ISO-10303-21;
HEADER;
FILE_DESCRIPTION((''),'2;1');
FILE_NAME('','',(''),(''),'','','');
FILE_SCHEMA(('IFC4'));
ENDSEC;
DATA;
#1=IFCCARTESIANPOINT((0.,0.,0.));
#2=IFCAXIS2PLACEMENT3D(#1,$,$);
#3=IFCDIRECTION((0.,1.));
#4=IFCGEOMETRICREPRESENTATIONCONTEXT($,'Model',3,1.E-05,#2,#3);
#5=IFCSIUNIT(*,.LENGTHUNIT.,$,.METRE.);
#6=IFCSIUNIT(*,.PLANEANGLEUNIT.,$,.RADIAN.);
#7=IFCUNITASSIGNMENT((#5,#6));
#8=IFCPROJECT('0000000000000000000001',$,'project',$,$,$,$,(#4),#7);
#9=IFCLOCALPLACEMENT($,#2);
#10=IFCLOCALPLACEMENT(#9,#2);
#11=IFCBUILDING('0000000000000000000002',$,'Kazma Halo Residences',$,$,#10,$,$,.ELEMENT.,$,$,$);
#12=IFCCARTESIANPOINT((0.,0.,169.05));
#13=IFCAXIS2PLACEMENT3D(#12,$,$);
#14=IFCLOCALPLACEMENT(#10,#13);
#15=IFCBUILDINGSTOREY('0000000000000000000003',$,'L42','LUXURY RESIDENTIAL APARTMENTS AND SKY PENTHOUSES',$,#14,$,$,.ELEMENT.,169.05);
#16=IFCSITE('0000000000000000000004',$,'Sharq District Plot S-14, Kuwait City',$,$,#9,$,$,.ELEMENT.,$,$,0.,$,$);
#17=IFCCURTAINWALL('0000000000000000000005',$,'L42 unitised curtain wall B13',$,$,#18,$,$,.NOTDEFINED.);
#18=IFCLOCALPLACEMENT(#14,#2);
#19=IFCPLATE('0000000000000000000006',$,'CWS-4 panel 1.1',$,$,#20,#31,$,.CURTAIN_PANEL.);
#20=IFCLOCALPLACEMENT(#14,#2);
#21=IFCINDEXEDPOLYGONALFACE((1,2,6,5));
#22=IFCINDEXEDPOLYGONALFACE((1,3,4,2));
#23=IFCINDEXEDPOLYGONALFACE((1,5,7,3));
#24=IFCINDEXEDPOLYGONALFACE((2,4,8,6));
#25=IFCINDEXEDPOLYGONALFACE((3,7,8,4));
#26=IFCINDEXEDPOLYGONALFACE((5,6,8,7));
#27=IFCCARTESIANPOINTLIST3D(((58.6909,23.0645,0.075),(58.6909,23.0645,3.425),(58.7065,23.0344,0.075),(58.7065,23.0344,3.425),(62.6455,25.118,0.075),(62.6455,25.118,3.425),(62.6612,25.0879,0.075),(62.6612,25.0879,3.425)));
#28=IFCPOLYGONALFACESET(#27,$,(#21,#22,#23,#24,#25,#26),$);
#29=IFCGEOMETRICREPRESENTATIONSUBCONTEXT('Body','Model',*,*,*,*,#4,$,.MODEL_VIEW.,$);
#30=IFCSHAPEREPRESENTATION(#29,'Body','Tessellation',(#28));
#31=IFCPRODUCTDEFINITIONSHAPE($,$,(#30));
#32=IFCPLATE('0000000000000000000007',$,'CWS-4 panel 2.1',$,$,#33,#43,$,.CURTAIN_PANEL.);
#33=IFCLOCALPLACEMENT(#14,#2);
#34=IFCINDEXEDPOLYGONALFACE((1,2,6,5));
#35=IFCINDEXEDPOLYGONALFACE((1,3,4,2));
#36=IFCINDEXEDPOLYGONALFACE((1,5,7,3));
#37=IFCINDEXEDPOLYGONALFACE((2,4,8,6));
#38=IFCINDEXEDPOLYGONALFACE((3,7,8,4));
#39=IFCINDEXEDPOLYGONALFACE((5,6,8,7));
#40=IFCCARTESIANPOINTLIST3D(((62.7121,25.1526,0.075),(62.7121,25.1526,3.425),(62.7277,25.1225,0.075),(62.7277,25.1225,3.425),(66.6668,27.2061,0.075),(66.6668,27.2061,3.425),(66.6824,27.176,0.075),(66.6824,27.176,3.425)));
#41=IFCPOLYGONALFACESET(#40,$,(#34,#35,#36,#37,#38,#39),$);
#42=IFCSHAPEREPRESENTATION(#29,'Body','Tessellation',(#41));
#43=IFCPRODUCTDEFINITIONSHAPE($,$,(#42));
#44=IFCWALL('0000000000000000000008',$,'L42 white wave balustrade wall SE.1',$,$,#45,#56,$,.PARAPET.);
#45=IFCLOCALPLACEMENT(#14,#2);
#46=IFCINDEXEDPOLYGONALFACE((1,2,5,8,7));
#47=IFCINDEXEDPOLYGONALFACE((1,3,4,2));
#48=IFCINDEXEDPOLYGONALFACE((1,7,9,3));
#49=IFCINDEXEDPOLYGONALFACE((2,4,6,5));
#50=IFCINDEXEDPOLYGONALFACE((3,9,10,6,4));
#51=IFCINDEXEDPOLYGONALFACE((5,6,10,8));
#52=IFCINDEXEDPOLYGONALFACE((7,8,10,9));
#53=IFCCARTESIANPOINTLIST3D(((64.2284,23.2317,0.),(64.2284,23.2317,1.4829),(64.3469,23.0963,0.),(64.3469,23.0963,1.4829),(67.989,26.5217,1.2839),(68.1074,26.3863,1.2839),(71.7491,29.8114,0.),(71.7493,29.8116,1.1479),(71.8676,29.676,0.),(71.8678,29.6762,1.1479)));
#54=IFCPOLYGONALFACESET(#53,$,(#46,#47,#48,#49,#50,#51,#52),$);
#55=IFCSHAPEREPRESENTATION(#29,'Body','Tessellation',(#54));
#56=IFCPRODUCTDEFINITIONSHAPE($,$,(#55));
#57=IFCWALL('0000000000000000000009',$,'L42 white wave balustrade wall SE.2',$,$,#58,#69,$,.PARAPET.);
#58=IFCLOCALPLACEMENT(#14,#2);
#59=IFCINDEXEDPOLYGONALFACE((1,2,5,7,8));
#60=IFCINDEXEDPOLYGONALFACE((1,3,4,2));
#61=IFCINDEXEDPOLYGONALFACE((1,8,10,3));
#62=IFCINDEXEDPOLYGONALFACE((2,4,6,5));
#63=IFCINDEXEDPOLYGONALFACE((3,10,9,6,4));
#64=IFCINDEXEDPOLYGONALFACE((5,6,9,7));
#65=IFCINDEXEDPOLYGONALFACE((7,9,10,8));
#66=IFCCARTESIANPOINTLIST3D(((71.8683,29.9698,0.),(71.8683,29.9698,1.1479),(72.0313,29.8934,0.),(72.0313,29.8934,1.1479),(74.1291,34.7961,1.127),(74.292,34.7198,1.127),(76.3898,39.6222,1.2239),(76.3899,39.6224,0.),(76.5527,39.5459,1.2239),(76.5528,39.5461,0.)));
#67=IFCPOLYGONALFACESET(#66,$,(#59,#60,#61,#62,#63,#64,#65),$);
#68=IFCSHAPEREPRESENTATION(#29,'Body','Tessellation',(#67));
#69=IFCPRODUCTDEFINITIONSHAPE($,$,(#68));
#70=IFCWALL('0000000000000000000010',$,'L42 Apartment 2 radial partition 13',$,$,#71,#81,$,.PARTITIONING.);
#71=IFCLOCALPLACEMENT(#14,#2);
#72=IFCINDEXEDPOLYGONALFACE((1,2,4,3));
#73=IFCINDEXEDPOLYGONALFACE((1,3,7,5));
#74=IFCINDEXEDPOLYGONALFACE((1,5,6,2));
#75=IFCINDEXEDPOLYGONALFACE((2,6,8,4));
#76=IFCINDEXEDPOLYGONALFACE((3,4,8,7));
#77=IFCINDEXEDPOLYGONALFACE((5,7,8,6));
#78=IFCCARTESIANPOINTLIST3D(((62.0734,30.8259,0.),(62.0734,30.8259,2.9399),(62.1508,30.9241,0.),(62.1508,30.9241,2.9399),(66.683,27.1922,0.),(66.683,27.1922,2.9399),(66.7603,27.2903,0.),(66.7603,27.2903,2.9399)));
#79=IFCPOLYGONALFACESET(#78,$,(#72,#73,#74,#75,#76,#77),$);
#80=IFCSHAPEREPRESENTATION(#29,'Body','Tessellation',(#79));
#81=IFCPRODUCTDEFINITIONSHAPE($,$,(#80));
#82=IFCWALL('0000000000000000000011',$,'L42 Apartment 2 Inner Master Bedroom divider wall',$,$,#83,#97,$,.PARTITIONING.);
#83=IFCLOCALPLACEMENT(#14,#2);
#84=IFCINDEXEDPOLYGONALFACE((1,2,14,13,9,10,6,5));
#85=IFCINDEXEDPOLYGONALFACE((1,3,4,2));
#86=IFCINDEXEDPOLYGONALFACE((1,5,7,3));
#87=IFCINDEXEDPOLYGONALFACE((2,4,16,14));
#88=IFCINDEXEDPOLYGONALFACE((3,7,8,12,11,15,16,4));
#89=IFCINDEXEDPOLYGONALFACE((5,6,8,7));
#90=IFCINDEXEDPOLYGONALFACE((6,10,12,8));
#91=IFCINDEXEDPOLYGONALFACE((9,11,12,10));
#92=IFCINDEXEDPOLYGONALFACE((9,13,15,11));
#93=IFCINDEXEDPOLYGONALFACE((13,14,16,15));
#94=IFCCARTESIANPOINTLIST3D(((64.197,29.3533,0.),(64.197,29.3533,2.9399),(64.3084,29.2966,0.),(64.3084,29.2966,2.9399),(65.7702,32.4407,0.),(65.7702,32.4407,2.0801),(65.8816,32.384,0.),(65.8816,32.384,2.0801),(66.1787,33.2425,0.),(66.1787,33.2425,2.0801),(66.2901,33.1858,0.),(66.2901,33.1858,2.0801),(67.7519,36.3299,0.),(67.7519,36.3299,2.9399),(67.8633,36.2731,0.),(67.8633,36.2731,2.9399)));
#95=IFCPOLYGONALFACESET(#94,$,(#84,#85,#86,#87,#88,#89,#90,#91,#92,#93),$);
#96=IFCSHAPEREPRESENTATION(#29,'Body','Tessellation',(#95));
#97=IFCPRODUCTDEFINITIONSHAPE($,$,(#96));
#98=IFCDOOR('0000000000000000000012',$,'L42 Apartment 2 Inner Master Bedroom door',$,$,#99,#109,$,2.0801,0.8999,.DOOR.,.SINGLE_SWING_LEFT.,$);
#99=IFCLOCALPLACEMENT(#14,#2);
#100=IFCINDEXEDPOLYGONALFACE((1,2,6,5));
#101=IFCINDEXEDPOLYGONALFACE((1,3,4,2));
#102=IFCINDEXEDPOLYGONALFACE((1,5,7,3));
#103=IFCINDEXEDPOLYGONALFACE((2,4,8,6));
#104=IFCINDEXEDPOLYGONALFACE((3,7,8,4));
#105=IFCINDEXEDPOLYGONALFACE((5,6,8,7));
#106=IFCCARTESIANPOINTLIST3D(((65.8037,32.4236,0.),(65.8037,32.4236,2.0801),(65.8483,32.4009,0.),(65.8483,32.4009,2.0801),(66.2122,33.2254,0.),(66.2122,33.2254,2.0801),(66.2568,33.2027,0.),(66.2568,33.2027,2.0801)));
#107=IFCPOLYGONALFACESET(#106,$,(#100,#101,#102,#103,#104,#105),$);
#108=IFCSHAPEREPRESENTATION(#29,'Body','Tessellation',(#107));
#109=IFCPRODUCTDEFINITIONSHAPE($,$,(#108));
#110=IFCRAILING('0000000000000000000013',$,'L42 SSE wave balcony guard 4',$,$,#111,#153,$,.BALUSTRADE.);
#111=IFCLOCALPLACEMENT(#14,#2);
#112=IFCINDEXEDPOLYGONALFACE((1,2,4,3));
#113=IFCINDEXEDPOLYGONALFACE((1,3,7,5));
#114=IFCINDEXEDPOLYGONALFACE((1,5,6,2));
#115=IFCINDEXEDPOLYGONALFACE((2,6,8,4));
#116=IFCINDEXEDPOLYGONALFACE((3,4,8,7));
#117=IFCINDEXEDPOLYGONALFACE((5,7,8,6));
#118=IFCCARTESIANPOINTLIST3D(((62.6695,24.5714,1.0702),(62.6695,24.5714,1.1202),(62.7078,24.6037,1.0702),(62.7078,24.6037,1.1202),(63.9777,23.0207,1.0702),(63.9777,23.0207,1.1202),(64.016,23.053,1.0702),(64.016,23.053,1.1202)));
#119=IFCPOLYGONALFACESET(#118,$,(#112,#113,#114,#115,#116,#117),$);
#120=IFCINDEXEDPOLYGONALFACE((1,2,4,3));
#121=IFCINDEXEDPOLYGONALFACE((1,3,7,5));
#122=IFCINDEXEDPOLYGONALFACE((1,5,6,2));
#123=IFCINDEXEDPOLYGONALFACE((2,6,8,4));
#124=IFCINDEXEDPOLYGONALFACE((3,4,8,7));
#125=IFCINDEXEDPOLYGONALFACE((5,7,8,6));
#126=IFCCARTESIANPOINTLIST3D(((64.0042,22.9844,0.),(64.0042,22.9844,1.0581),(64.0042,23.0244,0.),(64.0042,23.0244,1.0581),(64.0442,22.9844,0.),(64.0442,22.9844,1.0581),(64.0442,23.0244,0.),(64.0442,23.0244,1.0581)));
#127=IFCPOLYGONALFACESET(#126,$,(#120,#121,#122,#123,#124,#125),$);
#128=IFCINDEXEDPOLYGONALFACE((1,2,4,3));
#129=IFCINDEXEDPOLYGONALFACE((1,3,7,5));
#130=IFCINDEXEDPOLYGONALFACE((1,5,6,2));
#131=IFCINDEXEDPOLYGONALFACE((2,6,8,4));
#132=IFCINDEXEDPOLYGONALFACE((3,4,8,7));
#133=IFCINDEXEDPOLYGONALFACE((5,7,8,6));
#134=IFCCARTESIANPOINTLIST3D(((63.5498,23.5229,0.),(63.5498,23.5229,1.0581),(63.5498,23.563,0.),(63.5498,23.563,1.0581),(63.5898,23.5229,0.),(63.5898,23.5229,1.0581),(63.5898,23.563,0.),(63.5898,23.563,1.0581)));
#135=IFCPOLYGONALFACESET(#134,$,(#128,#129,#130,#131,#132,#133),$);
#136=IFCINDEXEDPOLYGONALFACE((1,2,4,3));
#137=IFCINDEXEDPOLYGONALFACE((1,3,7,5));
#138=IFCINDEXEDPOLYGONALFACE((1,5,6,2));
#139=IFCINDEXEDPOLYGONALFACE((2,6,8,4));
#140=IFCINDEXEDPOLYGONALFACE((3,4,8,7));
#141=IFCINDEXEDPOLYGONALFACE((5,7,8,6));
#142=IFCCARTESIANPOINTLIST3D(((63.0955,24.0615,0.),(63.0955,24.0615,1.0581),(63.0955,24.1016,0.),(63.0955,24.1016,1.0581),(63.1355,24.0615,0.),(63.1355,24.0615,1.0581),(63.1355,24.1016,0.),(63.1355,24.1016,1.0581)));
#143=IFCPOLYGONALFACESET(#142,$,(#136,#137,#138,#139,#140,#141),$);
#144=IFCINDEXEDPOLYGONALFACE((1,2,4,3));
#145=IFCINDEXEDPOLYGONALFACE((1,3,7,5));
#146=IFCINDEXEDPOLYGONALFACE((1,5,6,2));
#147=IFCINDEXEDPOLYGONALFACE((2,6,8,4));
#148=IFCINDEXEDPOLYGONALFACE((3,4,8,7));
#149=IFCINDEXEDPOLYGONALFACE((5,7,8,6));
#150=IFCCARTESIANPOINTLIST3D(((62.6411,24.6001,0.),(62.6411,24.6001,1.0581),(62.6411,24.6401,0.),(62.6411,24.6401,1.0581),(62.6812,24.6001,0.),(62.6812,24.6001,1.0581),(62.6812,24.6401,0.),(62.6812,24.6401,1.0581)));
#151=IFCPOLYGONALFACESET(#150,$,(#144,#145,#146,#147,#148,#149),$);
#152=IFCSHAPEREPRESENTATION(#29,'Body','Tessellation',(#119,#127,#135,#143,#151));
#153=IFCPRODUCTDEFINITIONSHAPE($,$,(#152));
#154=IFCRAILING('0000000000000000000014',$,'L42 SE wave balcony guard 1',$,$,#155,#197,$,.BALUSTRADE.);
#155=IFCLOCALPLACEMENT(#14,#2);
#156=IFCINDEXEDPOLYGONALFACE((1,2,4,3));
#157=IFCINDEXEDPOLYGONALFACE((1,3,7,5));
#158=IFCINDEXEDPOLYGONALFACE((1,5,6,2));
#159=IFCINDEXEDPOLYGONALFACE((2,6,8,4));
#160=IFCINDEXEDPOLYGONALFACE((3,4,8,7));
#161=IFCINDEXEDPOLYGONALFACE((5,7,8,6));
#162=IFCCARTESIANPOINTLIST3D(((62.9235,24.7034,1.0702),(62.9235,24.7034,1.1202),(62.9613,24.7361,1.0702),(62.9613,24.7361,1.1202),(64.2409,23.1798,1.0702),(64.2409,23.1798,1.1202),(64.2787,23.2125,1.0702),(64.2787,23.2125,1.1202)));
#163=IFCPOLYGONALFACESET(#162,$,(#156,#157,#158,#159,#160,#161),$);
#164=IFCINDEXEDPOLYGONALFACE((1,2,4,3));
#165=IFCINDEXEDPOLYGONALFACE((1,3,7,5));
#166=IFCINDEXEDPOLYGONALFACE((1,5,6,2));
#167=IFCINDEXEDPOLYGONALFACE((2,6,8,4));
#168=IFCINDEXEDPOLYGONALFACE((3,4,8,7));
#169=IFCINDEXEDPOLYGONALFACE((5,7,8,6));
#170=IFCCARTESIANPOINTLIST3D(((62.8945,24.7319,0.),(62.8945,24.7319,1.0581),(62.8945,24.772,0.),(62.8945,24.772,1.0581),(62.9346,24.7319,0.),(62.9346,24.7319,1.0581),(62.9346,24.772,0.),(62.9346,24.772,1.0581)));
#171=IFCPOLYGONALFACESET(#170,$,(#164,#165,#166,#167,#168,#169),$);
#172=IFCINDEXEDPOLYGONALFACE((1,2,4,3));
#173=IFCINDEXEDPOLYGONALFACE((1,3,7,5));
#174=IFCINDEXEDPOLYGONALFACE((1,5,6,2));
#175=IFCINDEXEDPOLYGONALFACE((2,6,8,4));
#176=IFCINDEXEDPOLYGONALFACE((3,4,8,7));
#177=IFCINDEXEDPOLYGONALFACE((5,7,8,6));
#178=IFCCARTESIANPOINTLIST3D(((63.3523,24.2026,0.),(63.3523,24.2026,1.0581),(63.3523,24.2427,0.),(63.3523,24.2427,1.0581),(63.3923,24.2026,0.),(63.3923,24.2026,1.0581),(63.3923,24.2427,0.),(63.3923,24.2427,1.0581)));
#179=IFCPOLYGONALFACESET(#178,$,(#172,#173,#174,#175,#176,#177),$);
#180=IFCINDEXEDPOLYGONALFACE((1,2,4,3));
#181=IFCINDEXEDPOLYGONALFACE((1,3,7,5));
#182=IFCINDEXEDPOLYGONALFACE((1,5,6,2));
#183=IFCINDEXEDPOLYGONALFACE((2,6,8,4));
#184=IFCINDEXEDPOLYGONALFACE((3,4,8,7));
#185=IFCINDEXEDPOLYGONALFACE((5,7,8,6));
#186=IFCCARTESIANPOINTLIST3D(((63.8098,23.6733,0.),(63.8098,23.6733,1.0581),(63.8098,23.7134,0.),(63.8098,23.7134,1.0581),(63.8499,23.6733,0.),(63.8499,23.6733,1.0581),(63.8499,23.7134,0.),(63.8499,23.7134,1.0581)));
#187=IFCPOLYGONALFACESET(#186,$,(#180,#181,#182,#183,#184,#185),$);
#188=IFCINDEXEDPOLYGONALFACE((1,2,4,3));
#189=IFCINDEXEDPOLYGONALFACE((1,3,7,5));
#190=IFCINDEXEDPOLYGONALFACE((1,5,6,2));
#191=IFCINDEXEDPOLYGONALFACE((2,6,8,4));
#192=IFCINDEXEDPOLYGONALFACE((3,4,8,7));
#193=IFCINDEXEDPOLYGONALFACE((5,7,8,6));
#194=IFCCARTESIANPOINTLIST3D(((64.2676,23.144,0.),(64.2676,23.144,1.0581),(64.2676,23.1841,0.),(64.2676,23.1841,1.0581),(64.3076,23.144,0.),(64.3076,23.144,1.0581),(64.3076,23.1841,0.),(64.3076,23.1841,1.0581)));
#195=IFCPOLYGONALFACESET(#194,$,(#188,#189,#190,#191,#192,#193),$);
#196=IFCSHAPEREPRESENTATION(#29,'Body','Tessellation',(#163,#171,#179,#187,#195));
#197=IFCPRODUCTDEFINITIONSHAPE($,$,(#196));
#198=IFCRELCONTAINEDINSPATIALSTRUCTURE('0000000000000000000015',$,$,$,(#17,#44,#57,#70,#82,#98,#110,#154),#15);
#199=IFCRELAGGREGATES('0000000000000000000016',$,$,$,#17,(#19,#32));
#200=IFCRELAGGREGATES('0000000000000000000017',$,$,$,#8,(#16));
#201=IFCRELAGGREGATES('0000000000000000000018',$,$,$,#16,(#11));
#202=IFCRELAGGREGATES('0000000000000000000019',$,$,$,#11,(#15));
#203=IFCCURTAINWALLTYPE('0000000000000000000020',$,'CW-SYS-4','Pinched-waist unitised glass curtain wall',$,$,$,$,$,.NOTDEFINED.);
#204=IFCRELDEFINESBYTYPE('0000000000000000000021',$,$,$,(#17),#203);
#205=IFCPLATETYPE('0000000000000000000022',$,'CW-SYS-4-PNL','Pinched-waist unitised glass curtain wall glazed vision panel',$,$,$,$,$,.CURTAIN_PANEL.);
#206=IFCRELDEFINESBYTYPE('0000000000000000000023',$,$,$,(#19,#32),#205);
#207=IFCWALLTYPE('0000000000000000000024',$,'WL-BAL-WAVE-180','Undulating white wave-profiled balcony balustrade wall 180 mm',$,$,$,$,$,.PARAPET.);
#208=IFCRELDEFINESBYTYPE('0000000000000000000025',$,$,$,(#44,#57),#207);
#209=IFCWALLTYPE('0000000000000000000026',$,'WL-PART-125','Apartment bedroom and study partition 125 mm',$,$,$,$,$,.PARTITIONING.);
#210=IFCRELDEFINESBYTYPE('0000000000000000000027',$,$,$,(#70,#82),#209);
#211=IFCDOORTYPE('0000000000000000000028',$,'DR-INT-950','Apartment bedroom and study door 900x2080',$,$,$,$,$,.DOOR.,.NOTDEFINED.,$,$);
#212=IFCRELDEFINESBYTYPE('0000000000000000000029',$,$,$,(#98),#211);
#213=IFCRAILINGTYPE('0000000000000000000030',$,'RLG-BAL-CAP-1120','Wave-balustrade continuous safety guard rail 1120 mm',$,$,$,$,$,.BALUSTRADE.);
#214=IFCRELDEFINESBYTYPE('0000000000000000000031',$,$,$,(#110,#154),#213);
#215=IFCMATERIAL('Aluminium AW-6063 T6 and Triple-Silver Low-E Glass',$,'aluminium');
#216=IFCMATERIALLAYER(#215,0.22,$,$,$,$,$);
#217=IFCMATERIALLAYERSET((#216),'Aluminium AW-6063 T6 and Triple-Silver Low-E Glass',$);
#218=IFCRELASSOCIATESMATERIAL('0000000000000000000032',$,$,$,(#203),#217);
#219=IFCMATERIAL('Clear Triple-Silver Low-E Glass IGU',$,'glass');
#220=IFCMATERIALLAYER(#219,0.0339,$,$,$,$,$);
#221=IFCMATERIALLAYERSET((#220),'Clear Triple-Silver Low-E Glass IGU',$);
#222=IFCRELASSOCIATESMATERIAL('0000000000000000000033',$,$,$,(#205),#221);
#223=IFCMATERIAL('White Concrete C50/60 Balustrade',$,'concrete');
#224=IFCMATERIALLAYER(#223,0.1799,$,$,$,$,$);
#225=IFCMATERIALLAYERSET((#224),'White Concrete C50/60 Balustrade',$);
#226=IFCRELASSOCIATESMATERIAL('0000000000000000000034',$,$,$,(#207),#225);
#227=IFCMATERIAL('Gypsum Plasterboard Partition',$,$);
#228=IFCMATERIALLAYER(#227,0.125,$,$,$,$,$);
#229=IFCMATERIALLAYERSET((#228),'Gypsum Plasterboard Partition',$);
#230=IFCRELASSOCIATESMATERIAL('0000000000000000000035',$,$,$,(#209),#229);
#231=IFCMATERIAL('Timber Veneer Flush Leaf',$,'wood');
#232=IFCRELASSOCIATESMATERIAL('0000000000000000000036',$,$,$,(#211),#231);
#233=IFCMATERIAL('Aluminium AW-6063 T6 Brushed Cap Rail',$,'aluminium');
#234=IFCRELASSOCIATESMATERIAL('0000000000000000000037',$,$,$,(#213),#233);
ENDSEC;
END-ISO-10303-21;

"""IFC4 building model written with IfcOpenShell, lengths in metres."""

from ifc_helpers import new_model, si_unit, direction, frame, frame_2d, origin, origin_2d, place, context, subcontext, project, spatial, polyline, rectangle, outline, extrude, material, layer, layer_set, type_object, element, fill, aggregate, save


model = new_model("IFC4")

# Units and contexts
model_context = context("Model", 3, precision=1e-05, world=origin(), true_north=direction((0.0, 1.0)))
body_context = subcontext(model_context, "Body", "Model", "MODEL_VIEW")
ifc_project = project(units=[si_unit("LENGTHUNIT", "METRE"), si_unit("PLANEANGLEUNIT", "RADIAN")], contexts=[model_context])

# Site, building, storey
site_placement = place(None, origin())
site = spatial("IfcSite", under=ifc_project, at=site_placement, Name="Sharq District Plot S-14, Kuwait City", CompositionType="ELEMENT", RefElevation=0.0)
building_placement = place(site_placement, origin())
building = spatial("IfcBuilding", under=site, at=building_placement, Name="Kazma Halo Residences", CompositionType="ELEMENT")
storey_placement = place(building_placement, frame((0.0, 0.0, 169.05)))
storey = spatial("IfcBuildingStorey", under=building, at=storey_placement, Name="L42", Description="LUXURY RESIDENTIAL APARTMENTS AND SKY PENTHOUSES", CompositionType="ELEMENT", Elevation=169.05)

# Curtain wall, plates
ifc_material_1 = material(Name="Aluminium AW-6063 T6 and Triple-Silver Low-E Glass", Category="aluminium")
ifc_layer_1 = layer(ifc_material_1, 0.22)
ifc_layer_set_1 = layer_set([ifc_layer_1], Name="Aluminium AW-6063 T6 and Triple-Silver Low-E Glass")
curtain_wall_type = type_object("IfcCurtainWallType", Name="CW-SYS-4", Description="Pinched-waist unitised glass curtain wall", PredefinedType="NOTDEFINED", material=ifc_layer_set_1)
curtain_wall_placement = place(storey_placement, origin())
curtain_wall = element("IfcCurtainWall", 1, at=curtain_wall_placement, inside=storey, type_object=curtain_wall_type, Name="L42 unitised curtain wall B13", PredefinedType="NOTDEFINED")
ifc_material_2 = material(Name="Clear Triple-Silver Low-E Glass IGU", Category="glass")
ifc_layer_2 = layer(ifc_material_2, 0.0339)
ifc_layer_set_2 = layer_set([ifc_layer_2], Name="Clear Triple-Silver Low-E Glass IGU")
plate_type = type_object("IfcPlateType", Name="CW-SYS-4-PNL", Description="Pinched-waist unitised glass curtain wall glazed vision panel", PredefinedType="CURTAIN_PANEL", material=ifc_layer_set_2)
plate_1_placement = place(storey_placement, frame((60.676, 24.0762, 0.075), z_axis=(0.0, 0.0, 1.0), x_axis=(0.887485, 0.460837, 0.0)))
plate_1 = element("IfcPlate", 2, at=plate_1_placement, type_object=plate_type, Name="CWS-4 panel 1.1", PredefinedType="CURTAIN_PANEL", context=body_context, shape_type="SweptSolid", body=[
    extrude(rectangle(XDim=4.4561, YDim=0.0339, at=origin_2d()), origin(), (0.0, 0.0, 1.0), 3.3501),
])
plate_2_placement = place(storey_placement, frame((64.6973, 26.1643, 0.075), z_axis=(0.0, 0.0, 1.0), x_axis=(0.887485, 0.460837, 0.0)))
plate_2 = element("IfcPlate", 3, at=plate_2_placement, type_object=plate_type, Name="CWS-4 panel 2.1", PredefinedType="CURTAIN_PANEL", context=body_context, shape_type="SweptSolid", body=[
    extrude(rectangle(XDim=4.4561, YDim=0.0339, at=origin_2d()), origin(), (0.0, 0.0, 1.0), 3.3501),
])
aggregate(curtain_wall, [plate_1, plate_2])

# Walls
ifc_material_3 = material(Name="White Concrete C50/60 Balustrade", Category="concrete")
ifc_layer_3 = layer(ifc_material_3, 0.1799)
ifc_layer_set_3 = layer_set([ifc_layer_3], Name="White Concrete C50/60 Balustrade")
wall_type_1 = type_object("IfcWallType", Name="WL-BAL-WAVE-180", Description="Undulating white wave-profiled balcony balustrade wall 180 mm", PredefinedType="PARAPET", material=ifc_layer_set_3)
wall_1_placement = place(storey_placement, frame((64.2876, 23.1641, 0.0), z_axis=(0.0, 0.0, 1.0), x_axis=(0.752618, 0.658458, 0.0)))
element("IfcWall", 4, at=wall_1_placement, inside=storey, type_object=wall_type_1, Name="L42 white wave balustrade wall SE.1", PredefinedType="PARAPET", context=body_context, shape_type="SweptSolid", body=[
    extrude(outline(polyline([(0.0, 0.0), (9.9927, 0.0), (9.9929, 1.1479), (4.9966, 1.2839), (0.0, 1.4829), (0.0, 0.0)])), frame((0.0, 0.0898, 0.0), z_axis=(0.0, -1.0, 0.0), x_axis=(1.0, 0.0, 0.0)), (0.0, 0.0, 1.0), 0.1799),
])
wall_2_placement = place(storey_placement, frame((71.9497, 29.9316, 0.0), z_axis=(0.0, 0.0, 1.0), x_axis=(0.42419, 0.905573, 0.0)))
element("IfcWall", 5, at=wall_2_placement, inside=storey, type_object=wall_type_1, Name="L42 white wave balustrade wall SE.2", PredefinedType="PARAPET", context=body_context, shape_type="SweptSolid", body=[
    extrude(outline(polyline([(0.0, 0.0), (10.6592, 0.0), (10.6589, 1.2239), (5.3296, 1.127), (0.0, 1.1479), (0.0, 0.0)])), frame((0.0, 0.0898, 0.0), z_axis=(0.0, -1.0, 0.0), x_axis=(1.0, 0.0, 0.0)), (0.0, 0.0, 1.0), 0.1799),
])

# Wall
ifc_material_4 = material(Name="Gypsum Plasterboard Partition")
ifc_layer_4 = layer(ifc_material_4, 0.125)
ifc_layer_set_4 = layer_set([ifc_layer_4], Name="Gypsum Plasterboard Partition")
wall_type_2 = type_object("IfcWallType", Name="WL-PART-125", Description="Apartment bedroom and study partition 125 mm", PredefinedType="PARTITIONING", material=ifc_layer_set_4)
wall_3_placement = place(storey_placement, frame((62.1121, 30.875, 0.0), z_axis=(0.0, 0.0, 1.0), x_axis=(0.785329, -0.619079, 0.0)))
element("IfcWall", 6, at=wall_3_placement, inside=storey, type_object=wall_type_2, Name="L42 Apartment 2 radial partition 13", PredefinedType="PARTITIONING", context=body_context, shape_type="SweptSolid", body=[
    extrude(rectangle(XDim=5.8696, YDim=0.125, at=frame_2d((2.9348, 0.0))), origin(), (0.0, 0.0, 1.0), 2.9399),
])

# Wall, opening, door
wall_4_placement = place(storey_placement, frame((64.2527, 29.325, 0.0), z_axis=(0.0, 0.0, 1.0), x_axis=(0.45401, 0.890996, 0.0)))
wall_4 = element("IfcWall", 7, at=wall_4_placement, inside=storey, type_object=wall_type_2, Name="L42 Apartment 2 Inner Master Bedroom divider wall", PredefinedType="PARTITIONING", context=body_context, shape_type="SweptSolid", body=[
    extrude(rectangle(XDim=7.8301, YDim=0.125, at=frame_2d((3.915, 0.0))), origin(), (0.0, 0.0, 1.0), 2.9399),
])
opening_1_placement = place(wall_4_placement, frame((3.4651, 0.0, 0.0)))
opening_1 = element("IfcOpeningElement", 8, at=opening_1_placement, cuts=wall_4, PredefinedType="OPENING", context=body_context, shape_type="SweptSolid", body=[
    extrude(rectangle(XDim=0.8999, YDim=2.0801, at=frame_2d((0.45, 1.04))), frame((0.0, 0.0725, 0.0), z_axis=(0.0, -1.0, 0.0), x_axis=(1.0, 0.0, 0.0)), (0.0, 0.0, 1.0), 0.145),
])
ifc_material_5 = material(Name="Timber Veneer Flush Leaf", Category="wood")
door_type_1 = type_object("IfcDoorType", Name="DR-INT-950", Description="Apartment bedroom and study door 900x2080", OperationType="NOTDEFINED", PredefinedType="DOOR", material=ifc_material_5)
door_1_placement = place(opening_1_placement, origin())
door_1 = element("IfcDoor", 9, at=door_1_placement, inside=storey, type_object=door_type_1, Name="L42 Apartment 2 Inner Master Bedroom door", OperationType="SINGLE_SWING_LEFT", OverallHeight=2.0801, OverallWidth=0.8999, PredefinedType="DOOR", context=body_context, shape_type="SweptSolid", body=[
    extrude(rectangle(XDim=0.8999, YDim=2.0801, at=frame_2d((0.45, 1.04))), frame((0.0, 0.0249, 0.0), z_axis=(0.0, -1.0, 0.0), x_axis=(1.0, 0.0, 0.0)), (0.0, 0.0, 1.0), 0.05),
])
fill(opening_1, door_1)

# Railings
ifc_material_6 = material(Name="Aluminium AW-6063 T6 Brushed Cap Rail", Category="aluminium")
railing_type = type_object("IfcRailingType", Name="RLG-BAL-CAP-1120", Description="Wave-balustrade continuous safety guard rail 1120 mm", PredefinedType="BALUSTRADE", material=ifc_material_6)
railing_1_placement = place(storey_placement, frame((64.0242, 23.0044, 0.0)))
element("IfcRailing", 10, at=railing_1_placement, inside=storey, type_object=railing_type, Name="L42 SSE wave balcony guard 4", PredefinedType="BALUSTRADE", context=body_context, shape_type="SweptSolid", body=[
    extrude(rectangle(XDim=0.05, YDim=0.05, at=origin_2d()), frame((-0.0273, 0.0325, 1.0952), z_axis=(-0.644808, 0.764345, 0.0), x_axis=(-0.764345, -0.644808, 0.0)), (0.0, 0.0, 1.0), 2.0288),
    extrude(rectangle(XDim=0.04, YDim=0.04, at=origin_2d()), origin(), (0.0, 0.0, 1.0), 1.0581),
    extrude(rectangle(XDim=0.04, YDim=0.04, at=origin_2d()), frame((-0.4543, 0.5386, 0.0)), (0.0, 0.0, 1.0), 1.0581),
    extrude(rectangle(XDim=0.04, YDim=0.04, at=origin_2d()), frame((-0.9087, 1.0771, 0.0)), (0.0, 0.0, 1.0), 1.0581),
    extrude(rectangle(XDim=0.04, YDim=0.04, at=origin_2d()), frame((-1.363, 1.6157, 0.0)), (0.0, 0.0, 1.0), 1.0581),
])
railing_2_placement = place(storey_placement, frame((62.9146, 24.752, 0.0)))
element("IfcRailing", 11, at=railing_2_placement, inside=storey, type_object=railing_type, Name="L42 SE wave balcony guard 1", PredefinedType="BALUSTRADE", context=body_context, shape_type="SweptSolid", body=[
    extrude(rectangle(XDim=0.05, YDim=0.05, at=origin_2d()), frame((0.0278, -0.0322, 1.0952), z_axis=(0.65408, -0.756425, 0.0), x_axis=(0.756425, 0.65408, 0.0)), (0.0, 0.0, 1.0), 2.0142),
    extrude(rectangle(XDim=0.04, YDim=0.04, at=origin_2d()), origin(), (0.0, 0.0, 1.0), 1.0581),
    extrude(rectangle(XDim=0.04, YDim=0.04, at=origin_2d()), frame((0.4578, -0.5293, 0.0)), (0.0, 0.0, 1.0), 1.0581),
    extrude(rectangle(XDim=0.04, YDim=0.04, at=origin_2d()), frame((0.9153, -1.0586, 0.0)), (0.0, 0.0, 1.0), 1.0581),
    extrude(rectangle(XDim=0.04, YDim=0.04, at=origin_2d()), frame((1.373, -1.5879, 0.0)), (0.0, 0.0, 1.0), 1.0581),
])

save(model, "model.ifc")
